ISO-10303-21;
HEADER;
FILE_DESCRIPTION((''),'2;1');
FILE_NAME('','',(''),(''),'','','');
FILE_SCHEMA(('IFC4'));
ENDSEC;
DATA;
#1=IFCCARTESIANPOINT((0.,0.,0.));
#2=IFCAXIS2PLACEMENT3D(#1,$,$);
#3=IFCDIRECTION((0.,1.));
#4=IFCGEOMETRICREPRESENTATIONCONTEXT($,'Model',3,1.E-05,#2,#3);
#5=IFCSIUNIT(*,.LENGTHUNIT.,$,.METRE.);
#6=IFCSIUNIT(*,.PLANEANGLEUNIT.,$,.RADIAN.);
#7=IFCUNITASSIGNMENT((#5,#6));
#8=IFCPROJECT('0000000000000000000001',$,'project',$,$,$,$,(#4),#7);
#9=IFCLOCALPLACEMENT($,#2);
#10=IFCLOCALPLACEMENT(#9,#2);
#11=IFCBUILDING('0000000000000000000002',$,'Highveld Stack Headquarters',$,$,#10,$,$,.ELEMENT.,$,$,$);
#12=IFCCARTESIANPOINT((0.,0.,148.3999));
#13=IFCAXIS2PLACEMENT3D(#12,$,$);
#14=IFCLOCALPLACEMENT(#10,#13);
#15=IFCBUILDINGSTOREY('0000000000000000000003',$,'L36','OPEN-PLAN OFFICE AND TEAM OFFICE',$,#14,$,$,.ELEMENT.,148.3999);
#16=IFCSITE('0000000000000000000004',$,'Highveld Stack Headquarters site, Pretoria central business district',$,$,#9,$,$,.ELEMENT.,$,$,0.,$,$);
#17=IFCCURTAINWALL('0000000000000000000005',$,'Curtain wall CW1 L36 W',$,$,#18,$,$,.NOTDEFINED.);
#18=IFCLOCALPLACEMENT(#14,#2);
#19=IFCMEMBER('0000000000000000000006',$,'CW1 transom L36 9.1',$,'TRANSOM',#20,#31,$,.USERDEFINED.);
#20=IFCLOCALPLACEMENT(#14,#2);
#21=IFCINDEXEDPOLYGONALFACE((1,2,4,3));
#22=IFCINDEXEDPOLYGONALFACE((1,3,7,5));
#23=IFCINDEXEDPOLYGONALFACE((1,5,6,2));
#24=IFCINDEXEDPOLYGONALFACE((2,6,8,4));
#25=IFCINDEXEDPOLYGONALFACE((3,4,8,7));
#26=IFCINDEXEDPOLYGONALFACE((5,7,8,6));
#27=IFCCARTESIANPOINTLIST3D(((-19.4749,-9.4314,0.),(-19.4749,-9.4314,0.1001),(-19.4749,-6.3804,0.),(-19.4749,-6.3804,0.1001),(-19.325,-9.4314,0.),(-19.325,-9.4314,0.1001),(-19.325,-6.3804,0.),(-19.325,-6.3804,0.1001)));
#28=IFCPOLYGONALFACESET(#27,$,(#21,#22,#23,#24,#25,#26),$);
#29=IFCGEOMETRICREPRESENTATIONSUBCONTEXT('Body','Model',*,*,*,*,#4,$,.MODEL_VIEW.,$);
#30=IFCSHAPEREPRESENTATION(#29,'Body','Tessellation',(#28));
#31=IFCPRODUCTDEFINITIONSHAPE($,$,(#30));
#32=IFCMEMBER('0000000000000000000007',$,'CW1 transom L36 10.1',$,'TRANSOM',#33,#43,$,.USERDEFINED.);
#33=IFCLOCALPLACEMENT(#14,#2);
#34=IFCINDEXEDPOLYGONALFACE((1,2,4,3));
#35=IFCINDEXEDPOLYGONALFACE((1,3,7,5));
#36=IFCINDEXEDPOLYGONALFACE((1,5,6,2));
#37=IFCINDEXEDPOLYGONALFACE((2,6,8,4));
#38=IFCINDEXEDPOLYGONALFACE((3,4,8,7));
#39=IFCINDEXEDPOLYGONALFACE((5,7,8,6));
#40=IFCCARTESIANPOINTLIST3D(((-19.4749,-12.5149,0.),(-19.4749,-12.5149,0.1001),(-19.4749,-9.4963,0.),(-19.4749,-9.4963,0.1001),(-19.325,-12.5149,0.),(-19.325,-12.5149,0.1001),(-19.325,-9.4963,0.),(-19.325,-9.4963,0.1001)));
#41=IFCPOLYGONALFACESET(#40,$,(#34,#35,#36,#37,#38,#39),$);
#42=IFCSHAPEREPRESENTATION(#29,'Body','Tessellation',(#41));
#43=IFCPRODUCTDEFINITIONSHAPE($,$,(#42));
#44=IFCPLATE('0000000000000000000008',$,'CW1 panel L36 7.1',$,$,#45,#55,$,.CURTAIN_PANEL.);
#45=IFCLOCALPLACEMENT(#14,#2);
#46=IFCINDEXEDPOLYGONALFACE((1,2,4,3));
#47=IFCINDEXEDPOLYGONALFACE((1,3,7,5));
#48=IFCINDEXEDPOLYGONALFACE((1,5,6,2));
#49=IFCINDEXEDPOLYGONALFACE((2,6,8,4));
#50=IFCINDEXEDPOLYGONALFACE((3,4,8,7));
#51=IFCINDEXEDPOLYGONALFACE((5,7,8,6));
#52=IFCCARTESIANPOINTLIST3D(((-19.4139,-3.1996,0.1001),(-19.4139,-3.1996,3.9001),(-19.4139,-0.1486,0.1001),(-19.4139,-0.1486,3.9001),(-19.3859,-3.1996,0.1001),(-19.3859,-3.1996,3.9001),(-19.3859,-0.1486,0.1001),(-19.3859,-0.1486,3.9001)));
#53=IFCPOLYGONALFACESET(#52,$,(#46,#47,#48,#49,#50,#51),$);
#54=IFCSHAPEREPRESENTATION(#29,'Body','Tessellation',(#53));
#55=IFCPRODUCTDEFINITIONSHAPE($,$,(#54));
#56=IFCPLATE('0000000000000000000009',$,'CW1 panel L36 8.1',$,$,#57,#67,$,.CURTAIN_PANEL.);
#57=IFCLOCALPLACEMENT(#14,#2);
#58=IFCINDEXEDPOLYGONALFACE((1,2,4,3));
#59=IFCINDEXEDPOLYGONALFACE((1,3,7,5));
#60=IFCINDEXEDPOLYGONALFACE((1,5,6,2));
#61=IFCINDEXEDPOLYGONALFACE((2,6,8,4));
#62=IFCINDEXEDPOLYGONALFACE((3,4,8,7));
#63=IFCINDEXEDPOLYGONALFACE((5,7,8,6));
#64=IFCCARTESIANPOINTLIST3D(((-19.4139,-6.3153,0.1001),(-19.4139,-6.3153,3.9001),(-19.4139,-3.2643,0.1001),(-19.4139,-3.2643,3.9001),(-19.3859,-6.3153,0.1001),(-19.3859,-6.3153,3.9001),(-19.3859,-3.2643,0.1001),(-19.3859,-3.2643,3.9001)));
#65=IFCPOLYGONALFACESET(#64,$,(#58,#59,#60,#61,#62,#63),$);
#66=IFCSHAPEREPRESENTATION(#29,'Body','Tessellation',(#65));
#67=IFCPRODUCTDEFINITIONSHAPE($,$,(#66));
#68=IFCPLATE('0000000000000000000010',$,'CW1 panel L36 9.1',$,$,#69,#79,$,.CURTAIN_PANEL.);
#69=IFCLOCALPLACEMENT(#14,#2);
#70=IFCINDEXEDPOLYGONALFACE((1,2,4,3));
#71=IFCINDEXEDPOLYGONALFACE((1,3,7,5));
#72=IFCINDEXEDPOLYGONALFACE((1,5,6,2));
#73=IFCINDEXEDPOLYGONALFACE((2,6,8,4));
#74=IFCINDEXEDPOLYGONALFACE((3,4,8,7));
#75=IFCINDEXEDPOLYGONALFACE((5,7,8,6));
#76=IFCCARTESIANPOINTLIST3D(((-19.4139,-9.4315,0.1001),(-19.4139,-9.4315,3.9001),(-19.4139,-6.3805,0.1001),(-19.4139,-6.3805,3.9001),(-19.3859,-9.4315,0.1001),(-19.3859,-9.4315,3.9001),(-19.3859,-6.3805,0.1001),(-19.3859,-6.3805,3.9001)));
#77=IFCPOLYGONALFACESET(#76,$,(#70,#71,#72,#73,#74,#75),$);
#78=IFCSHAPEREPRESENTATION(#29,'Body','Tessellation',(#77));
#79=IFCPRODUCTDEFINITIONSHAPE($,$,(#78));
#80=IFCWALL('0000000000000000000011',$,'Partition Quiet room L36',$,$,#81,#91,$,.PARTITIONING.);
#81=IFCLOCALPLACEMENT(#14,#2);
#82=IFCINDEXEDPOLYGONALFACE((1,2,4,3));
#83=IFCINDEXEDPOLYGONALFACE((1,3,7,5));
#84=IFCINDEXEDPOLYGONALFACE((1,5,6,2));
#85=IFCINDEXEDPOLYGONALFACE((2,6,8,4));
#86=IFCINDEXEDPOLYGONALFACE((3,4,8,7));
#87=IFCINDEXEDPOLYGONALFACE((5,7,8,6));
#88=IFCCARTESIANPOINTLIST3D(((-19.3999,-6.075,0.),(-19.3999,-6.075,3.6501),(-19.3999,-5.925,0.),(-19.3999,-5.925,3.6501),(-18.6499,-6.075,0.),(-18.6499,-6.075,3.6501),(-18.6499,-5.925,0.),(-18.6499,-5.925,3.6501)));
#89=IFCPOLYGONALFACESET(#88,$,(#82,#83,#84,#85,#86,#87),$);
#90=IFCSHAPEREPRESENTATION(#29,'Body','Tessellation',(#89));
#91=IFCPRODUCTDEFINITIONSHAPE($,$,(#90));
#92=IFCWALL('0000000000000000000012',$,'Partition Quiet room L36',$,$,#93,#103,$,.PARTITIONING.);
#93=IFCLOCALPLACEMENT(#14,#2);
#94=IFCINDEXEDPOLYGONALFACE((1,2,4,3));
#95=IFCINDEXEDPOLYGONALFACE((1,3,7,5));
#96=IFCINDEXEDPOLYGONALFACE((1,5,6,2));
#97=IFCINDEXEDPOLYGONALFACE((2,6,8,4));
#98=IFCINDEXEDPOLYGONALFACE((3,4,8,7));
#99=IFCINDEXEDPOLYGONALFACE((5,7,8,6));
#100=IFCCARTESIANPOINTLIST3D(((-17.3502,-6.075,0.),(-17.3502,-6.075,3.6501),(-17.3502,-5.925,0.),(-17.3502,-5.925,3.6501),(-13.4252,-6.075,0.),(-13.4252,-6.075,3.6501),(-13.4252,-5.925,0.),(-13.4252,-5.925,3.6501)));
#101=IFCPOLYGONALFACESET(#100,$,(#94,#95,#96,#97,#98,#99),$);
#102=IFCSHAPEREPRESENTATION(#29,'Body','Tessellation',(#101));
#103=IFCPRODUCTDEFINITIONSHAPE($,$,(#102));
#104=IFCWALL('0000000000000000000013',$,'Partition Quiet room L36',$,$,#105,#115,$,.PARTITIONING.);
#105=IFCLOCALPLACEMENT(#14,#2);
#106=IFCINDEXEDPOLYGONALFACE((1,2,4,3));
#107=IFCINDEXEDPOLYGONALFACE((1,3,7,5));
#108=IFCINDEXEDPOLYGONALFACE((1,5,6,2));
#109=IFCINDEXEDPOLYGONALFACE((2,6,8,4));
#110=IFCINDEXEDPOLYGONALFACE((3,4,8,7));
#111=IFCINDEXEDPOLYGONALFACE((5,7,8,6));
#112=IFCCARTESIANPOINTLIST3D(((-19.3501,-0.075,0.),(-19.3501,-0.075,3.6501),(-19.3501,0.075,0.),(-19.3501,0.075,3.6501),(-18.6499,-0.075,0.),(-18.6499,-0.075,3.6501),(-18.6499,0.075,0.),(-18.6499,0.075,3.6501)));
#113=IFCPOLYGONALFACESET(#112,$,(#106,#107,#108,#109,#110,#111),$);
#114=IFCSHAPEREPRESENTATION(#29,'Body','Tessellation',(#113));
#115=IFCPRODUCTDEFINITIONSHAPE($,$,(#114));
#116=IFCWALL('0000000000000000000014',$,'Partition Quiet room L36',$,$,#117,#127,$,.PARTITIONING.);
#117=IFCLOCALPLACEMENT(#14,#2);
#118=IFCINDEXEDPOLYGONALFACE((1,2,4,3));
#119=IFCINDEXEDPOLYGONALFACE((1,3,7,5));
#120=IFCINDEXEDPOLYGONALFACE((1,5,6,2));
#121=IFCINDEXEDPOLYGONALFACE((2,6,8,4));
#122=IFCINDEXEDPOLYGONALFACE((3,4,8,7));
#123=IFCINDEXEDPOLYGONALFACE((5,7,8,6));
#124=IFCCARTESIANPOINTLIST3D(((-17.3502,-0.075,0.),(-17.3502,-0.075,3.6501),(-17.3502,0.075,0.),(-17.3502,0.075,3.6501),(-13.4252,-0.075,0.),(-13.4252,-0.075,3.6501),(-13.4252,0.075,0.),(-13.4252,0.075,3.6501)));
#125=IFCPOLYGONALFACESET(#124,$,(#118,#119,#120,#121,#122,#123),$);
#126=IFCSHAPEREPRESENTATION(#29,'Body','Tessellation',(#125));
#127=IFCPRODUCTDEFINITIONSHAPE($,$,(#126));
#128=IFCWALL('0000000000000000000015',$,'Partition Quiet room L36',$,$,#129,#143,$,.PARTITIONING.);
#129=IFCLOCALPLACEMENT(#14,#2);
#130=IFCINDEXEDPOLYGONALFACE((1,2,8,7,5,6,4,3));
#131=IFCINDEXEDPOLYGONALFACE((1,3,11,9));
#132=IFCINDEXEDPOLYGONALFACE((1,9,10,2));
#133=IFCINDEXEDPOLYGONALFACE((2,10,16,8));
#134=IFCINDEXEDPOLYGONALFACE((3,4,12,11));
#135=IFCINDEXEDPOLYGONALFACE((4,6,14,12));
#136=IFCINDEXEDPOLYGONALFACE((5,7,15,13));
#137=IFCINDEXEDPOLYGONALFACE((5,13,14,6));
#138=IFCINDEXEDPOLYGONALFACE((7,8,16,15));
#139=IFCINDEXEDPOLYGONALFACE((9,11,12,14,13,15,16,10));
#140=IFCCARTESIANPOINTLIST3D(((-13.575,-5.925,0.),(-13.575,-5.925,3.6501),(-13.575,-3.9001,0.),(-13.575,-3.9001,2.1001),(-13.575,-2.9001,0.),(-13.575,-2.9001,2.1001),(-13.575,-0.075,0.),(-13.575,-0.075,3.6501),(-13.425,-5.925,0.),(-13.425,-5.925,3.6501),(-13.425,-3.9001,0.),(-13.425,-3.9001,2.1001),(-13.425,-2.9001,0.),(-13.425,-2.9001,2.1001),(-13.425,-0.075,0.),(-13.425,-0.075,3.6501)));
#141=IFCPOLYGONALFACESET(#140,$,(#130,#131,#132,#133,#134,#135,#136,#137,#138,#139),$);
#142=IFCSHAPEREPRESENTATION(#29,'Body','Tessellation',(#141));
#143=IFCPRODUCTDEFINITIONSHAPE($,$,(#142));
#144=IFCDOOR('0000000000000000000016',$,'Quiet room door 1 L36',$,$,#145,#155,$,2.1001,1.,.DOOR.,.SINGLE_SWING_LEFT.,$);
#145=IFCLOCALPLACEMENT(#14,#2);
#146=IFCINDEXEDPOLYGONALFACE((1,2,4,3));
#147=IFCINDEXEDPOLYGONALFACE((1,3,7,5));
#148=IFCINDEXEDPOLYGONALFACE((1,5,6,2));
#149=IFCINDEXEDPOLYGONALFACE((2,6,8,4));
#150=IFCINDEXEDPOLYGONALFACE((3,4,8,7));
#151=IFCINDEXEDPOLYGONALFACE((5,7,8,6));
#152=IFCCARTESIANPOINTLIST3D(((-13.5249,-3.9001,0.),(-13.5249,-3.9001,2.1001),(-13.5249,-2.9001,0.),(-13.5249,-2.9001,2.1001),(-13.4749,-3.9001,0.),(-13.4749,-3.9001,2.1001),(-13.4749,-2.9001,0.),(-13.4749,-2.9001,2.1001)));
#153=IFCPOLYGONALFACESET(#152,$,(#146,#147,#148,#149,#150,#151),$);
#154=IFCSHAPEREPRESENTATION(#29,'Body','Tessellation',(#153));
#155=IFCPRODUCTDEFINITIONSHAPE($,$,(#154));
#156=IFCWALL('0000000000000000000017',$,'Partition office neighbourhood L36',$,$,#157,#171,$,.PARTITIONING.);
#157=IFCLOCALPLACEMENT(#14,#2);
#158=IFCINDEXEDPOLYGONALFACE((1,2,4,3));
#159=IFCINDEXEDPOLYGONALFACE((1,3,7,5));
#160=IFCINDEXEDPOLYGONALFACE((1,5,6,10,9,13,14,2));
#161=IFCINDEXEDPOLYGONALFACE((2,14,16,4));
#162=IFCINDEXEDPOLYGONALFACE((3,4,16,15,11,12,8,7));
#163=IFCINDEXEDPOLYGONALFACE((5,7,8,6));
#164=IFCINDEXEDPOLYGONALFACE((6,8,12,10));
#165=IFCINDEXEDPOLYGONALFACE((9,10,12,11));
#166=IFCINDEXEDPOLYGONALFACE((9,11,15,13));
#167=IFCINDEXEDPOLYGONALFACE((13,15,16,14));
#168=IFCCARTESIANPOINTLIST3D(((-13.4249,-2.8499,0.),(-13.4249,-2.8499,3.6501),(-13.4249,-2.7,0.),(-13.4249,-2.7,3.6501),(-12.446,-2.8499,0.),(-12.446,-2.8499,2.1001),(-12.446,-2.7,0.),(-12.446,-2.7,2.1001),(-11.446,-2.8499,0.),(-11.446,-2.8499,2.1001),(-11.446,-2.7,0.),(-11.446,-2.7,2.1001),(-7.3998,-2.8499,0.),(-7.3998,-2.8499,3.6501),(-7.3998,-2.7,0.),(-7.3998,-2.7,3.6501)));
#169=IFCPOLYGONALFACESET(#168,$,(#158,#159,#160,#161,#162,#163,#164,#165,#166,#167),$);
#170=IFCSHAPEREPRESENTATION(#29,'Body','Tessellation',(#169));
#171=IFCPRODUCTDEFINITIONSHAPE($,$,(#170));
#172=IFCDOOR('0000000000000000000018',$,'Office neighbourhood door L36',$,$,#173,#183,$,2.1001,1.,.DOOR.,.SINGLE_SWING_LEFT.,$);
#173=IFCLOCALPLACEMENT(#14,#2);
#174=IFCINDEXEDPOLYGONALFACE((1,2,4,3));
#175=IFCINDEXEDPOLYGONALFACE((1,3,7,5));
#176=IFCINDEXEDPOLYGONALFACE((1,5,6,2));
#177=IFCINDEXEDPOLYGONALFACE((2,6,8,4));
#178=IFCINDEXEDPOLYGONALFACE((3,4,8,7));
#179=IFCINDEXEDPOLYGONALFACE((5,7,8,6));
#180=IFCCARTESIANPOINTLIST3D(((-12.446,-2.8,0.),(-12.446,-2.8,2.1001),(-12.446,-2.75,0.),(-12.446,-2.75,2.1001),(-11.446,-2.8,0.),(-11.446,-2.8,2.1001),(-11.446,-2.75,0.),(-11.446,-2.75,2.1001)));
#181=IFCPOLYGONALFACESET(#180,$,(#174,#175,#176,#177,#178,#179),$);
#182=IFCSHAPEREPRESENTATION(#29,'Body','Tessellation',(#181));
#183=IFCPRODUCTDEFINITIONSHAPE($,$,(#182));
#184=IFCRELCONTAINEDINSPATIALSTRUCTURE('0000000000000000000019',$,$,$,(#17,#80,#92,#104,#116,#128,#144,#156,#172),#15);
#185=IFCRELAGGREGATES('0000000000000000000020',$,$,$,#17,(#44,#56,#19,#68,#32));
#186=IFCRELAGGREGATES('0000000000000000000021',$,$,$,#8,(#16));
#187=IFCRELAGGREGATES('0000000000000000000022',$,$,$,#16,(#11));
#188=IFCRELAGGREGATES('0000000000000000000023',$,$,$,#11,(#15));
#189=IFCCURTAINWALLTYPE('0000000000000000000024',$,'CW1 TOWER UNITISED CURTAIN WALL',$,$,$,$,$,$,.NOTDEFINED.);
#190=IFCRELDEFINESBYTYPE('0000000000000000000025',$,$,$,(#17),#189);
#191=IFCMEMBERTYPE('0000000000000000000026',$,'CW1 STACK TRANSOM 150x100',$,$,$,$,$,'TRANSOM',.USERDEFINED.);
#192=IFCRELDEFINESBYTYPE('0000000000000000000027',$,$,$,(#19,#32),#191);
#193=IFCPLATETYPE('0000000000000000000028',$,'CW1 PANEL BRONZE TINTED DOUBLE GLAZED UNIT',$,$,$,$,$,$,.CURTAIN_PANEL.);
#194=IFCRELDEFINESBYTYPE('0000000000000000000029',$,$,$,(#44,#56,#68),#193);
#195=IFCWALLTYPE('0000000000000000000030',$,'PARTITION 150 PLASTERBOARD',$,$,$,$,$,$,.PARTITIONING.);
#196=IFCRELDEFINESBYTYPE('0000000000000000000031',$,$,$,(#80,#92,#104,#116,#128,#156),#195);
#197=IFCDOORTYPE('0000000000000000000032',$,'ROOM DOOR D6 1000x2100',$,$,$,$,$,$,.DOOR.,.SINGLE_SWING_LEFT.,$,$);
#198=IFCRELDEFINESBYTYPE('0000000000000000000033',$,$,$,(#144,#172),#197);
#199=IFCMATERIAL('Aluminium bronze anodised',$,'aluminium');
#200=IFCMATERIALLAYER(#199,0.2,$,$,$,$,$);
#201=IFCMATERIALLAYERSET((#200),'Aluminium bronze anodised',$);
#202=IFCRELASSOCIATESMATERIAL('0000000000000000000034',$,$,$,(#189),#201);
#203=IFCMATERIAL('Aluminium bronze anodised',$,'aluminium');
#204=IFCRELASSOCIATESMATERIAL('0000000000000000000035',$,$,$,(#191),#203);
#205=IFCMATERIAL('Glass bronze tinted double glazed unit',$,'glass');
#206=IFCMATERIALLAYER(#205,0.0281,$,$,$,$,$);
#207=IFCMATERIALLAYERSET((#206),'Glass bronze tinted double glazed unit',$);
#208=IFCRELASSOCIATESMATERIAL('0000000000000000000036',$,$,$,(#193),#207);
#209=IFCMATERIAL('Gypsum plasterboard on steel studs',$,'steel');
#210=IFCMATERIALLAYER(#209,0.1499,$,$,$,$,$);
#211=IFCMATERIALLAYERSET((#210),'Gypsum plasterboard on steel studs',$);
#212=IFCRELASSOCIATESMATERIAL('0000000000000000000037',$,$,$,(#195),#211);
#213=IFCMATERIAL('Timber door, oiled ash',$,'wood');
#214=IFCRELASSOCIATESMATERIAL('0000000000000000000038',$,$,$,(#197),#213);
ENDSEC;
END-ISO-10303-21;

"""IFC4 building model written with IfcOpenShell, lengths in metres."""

from ifc_helpers import new_model, si_unit, direction, frame, frame_2d, origin, origin_2d, place, context, subcontext, project, spatial, rectangle, extrude, material, layer, layer_set, material_profile, profile_set, type_object, element, fill, aggregate, save


model = new_model("IFC4")

# Units and contexts
model_context = context("Model", 3, precision=1e-05, world=origin(), true_north=direction((0.0, 1.0)))
body_context = subcontext(model_context, "Body", "Model", "MODEL_VIEW")
ifc_project = project(units=[si_unit("LENGTHUNIT", "METRE"), si_unit("PLANEANGLEUNIT", "RADIAN")], contexts=[model_context])

# Site, building, storey
site_placement = place(None, origin())
site = spatial("IfcSite", under=ifc_project, at=site_placement, Name="Highveld Stack Headquarters site, Pretoria central business district", CompositionType="ELEMENT", RefElevation=0.0)
building_placement = place(site_placement, origin())
building = spatial("IfcBuilding", under=site, at=building_placement, Name="Highveld Stack Headquarters", CompositionType="ELEMENT")
storey_placement = place(building_placement, frame((0.0, 0.0, 148.3999)))
storey = spatial("IfcBuildingStorey", under=building, at=storey_placement, Name="L36", Description="OPEN-PLAN OFFICE AND TEAM OFFICE", CompositionType="ELEMENT", Elevation=148.3999)

# Curtain wall, members, plates
ifc_material_1 = material(Name="Aluminium bronze anodised", Category="aluminium")
ifc_layer_1 = layer(ifc_material_1, 0.2)
ifc_layer_set_1 = layer_set([ifc_layer_1], Name="Aluminium bronze anodised")
curtain_wall_type = type_object("IfcCurtainWallType", Name="CW1 TOWER UNITISED CURTAIN WALL", PredefinedType="NOTDEFINED", material=ifc_layer_set_1)
curtain_wall_placement = place(storey_placement, origin())
curtain_wall = element("IfcCurtainWall", 1, at=curtain_wall_placement, inside=storey, type_object=curtain_wall_type, Name="Curtain wall CW1 L36 W", PredefinedType="NOTDEFINED")
ifc_material_2 = material(Name="Aluminium bronze anodised", Category="aluminium")
ifc_material_profile_1 = material_profile(ifc_material_2, rectangle(XDim=0.1499, YDim=0.1001, at=origin_2d()), Name="CW1 TRANSOM 150x100")
ifc_profile_set_1 = profile_set([ifc_material_profile_1], Name="Aluminium bronze anodised")
member_type_1 = type_object("IfcMemberType", Name="CW1 STACK TRANSOM 150x100", ElementType="TRANSOM", PredefinedType="USERDEFINED", material=ifc_profile_set_1)
member_1_placement = place(storey_placement, frame((-19.3999, -6.3804, 0.05), z_axis=(0.0, -1.0, 0.0), x_axis=(1.0, 0.0, 0.0)))
member_1 = element("IfcMember", 2, at=member_1_placement, type_object=member_type_1, Name="CW1 transom L36 9.1", ObjectType="TRANSOM", PredefinedType="USERDEFINED", context=body_context, shape_type="SweptSolid", body=[
    extrude(rectangle(XDim=0.1499, YDim=0.1001, at=origin_2d()), origin(), (0.0, 0.0, 1.0), 3.051),
])
member_2_placement = place(storey_placement, frame((-19.3999, -9.4963, 0.05), z_axis=(0.0, -1.0, 0.0), x_axis=(1.0, 0.0, 0.0)))
member_2 = element("IfcMember", 3, at=member_2_placement, type_object=member_type_1, Name="CW1 transom L36 10.1", ObjectType="TRANSOM", PredefinedType="USERDEFINED", context=body_context, shape_type="SweptSolid", body=[
    extrude(rectangle(XDim=0.1499, YDim=0.1001, at=origin_2d()), origin(), (0.0, 0.0, 1.0), 3.0186),
])
ifc_material_3 = material(Name="Glass bronze tinted double glazed unit", Category="glass")
ifc_layer_2 = layer(ifc_material_3, 0.0281)
ifc_layer_set_2 = layer_set([ifc_layer_2], Name="Glass bronze tinted double glazed unit")
plate_type = type_object("IfcPlateType", Name="CW1 PANEL BRONZE TINTED DOUBLE GLAZED UNIT", PredefinedType="CURTAIN_PANEL", material=ifc_layer_set_2)
plate_1_placement = place(storey_placement, frame((-19.3999, -1.6741, 0.1001), z_axis=(0.0, 0.0, 1.0), x_axis=(0.0, -1.0, 0.0)))
plate_1 = element("IfcPlate", 4, at=plate_1_placement, type_object=plate_type, Name="CW1 panel L36 7.1", PredefinedType="CURTAIN_PANEL", context=body_context, shape_type="SweptSolid", body=[
    extrude(rectangle(XDim=3.051, YDim=0.0281, at=origin_2d()), origin(), (0.0, 0.0, 1.0), 3.8),
])
plate_2_placement = place(storey_placement, frame((-19.3999, -4.7898, 0.1001), z_axis=(0.0, 0.0, 1.0), x_axis=(0.0, -1.0, 0.0)))
plate_2 = element("IfcPlate", 5, at=plate_2_placement, type_object=plate_type, Name="CW1 panel L36 8.1", PredefinedType="CURTAIN_PANEL", context=body_context, shape_type="SweptSolid", body=[
    extrude(rectangle(XDim=3.051, YDim=0.0281, at=origin_2d()), origin(), (0.0, 0.0, 1.0), 3.8),
])
plate_3_placement = place(storey_placement, frame((-19.3999, -7.906, 0.1001), z_axis=(0.0, 0.0, 1.0), x_axis=(0.0, -1.0, 0.0)))
plate_3 = element("IfcPlate", 6, at=plate_3_placement, type_object=plate_type, Name="CW1 panel L36 9.1", PredefinedType="CURTAIN_PANEL", context=body_context, shape_type="SweptSolid", body=[
    extrude(rectangle(XDim=3.051, YDim=0.0281, at=origin_2d()), origin(), (0.0, 0.0, 1.0), 3.8),
])
aggregate(curtain_wall, [plate_1, plate_2, member_1, plate_3, member_2])

# Walls
ifc_material_4 = material(Name="Gypsum plasterboard on steel studs", Category="steel")
ifc_layer_3 = layer(ifc_material_4, 0.1499)
ifc_layer_set_3 = layer_set([ifc_layer_3], Name="Gypsum plasterboard on steel studs")
wall_type = type_object("IfcWallType", Name="PARTITION 150 PLASTERBOARD", PredefinedType="PARTITIONING", material=ifc_layer_set_3)
wall_1_placement = place(storey_placement, frame((-19.3999, -6.0, 0.0), z_axis=(0.0, 0.0, 1.0), x_axis=(1.0, 0.0, 0.0)))
element("IfcWall", 7, at=wall_1_placement, inside=storey, type_object=wall_type, Name="Partition Quiet room L36", PredefinedType="PARTITIONING", context=body_context, shape_type="SweptSolid", body=[
    extrude(rectangle(XDim=0.75, YDim=0.1499, at=frame_2d((0.375, 0.0))), origin(), (0.0, 0.0, 1.0), 3.6501),
])
wall_2_placement = place(storey_placement, frame((-17.3501, -6.0, 0.0), z_axis=(0.0, 0.0, 1.0), x_axis=(1.0, 0.0, 0.0)))
element("IfcWall", 8, at=wall_2_placement, inside=storey, type_object=wall_type, Name="Partition Quiet room L36", PredefinedType="PARTITIONING", context=body_context, shape_type="SweptSolid", body=[
    extrude(rectangle(XDim=3.925, YDim=0.1499, at=frame_2d((1.9624, 0.0))), origin(), (0.0, 0.0, 1.0), 3.6501),
])
wall_3_placement = place(storey_placement, frame((-19.3501, 0.0, 0.0), z_axis=(0.0, 0.0, 1.0), x_axis=(1.0, 0.0, 0.0)))
element("IfcWall", 9, at=wall_3_placement, inside=storey, type_object=wall_type, Name="Partition Quiet room L36", PredefinedType="PARTITIONING", context=body_context, shape_type="SweptSolid", body=[
    extrude(rectangle(XDim=0.7002, YDim=0.1499, at=frame_2d((0.3501, 0.0))), origin(), (0.0, 0.0, 1.0), 3.6501),
])
wall_4_placement = place(storey_placement, frame((-17.3501, 0.0, 0.0), z_axis=(0.0, 0.0, 1.0), x_axis=(1.0, 0.0, 0.0)))
element("IfcWall", 10, at=wall_4_placement, inside=storey, type_object=wall_type, Name="Partition Quiet room L36", PredefinedType="PARTITIONING", context=body_context, shape_type="SweptSolid", body=[
    extrude(rectangle(XDim=3.925, YDim=0.1499, at=frame_2d((1.9624, 0.0))), origin(), (0.0, 0.0, 1.0), 3.6501),
])

# Walls, openings, doors
wall_5_placement = place(storey_placement, frame((-13.5, -5.925, 0.0), z_axis=(0.0, 0.0, 1.0), x_axis=(0.0, 1.0, 0.0)))
wall_5 = element("IfcWall", 11, at=wall_5_placement, inside=storey, type_object=wall_type, Name="Partition Quiet room L36", PredefinedType="PARTITIONING", context=body_context, shape_type="SweptSolid", body=[
    extrude(rectangle(XDim=5.8501, YDim=0.1499, at=frame_2d((2.925, 0.0))), origin(), (0.0, 0.0, 1.0), 3.6501),
])
opening_1_placement = place(wall_5_placement, frame((2.0249, 0.0, 0.0)))
opening_1 = element("IfcOpeningElement", 12, at=opening_1_placement, cuts=wall_5, PredefinedType="OPENING", context=body_context, shape_type="SweptSolid", body=[
    extrude(rectangle(XDim=1.0, YDim=2.1001, at=frame_2d((0.5, 1.05))), frame((0.0, 0.085, 0.0), z_axis=(0.0, -1.0, 0.0), x_axis=(1.0, 0.0, 0.0)), (0.0, 0.0, 1.0), 0.1699),
])
ifc_material_5 = material(Name="Timber door, oiled ash", Category="wood")
door_type = type_object("IfcDoorType", Name="ROOM DOOR D6 1000x2100", OperationType="SINGLE_SWING_LEFT", PredefinedType="DOOR", material=ifc_material_5)
door_1_placement = place(opening_1_placement, origin())
door_1 = element("IfcDoor", 13, at=door_1_placement, inside=storey, type_object=door_type, Name="Quiet room door 1 L36", OperationType="SINGLE_SWING_LEFT", OverallHeight=2.1001, OverallWidth=1.0, PredefinedType="DOOR", context=body_context, shape_type="SweptSolid", body=[
    extrude(rectangle(XDim=1.0, YDim=2.1001, at=frame_2d((0.5, 1.05))), frame((0.0, 0.0249, 0.0), z_axis=(0.0, -1.0, 0.0), x_axis=(1.0, 0.0, 0.0)), (0.0, 0.0, 1.0), 0.05),
])
fill(opening_1, door_1)
wall_6_placement = place(storey_placement, frame((-13.425, -2.7749, 0.0), z_axis=(0.0, 0.0, 1.0), x_axis=(1.0, 0.0, 0.0)))
wall_6 = element("IfcWall", 14, at=wall_6_placement, inside=storey, type_object=wall_type, Name="Partition office neighbourhood L36", PredefinedType="PARTITIONING", context=body_context, shape_type="SweptSolid", body=[
    extrude(rectangle(XDim=6.0251, YDim=0.1499, at=frame_2d((3.0127, 0.0))), origin(), (0.0, 0.0, 1.0), 3.6501),
])
opening_2_placement = place(wall_6_placement, frame((0.979, 0.0, 0.0)))
opening_2 = element("IfcOpeningElement", 15, at=opening_2_placement, cuts=wall_6, PredefinedType="OPENING", context=body_context, shape_type="SweptSolid", body=[
    extrude(rectangle(XDim=1.0, YDim=2.1001, at=frame_2d((0.5, 1.05))), frame((0.0, 0.085, 0.0), z_axis=(0.0, -1.0, 0.0), x_axis=(1.0, 0.0, 0.0)), (0.0, 0.0, 1.0), 0.1699),
])
door_2_placement = place(opening_2_placement, origin())
door_2 = element("IfcDoor", 16, at=door_2_placement, inside=storey, type_object=door_type, Name="Office neighbourhood door L36", OperationType="SINGLE_SWING_LEFT", OverallHeight=2.1001, OverallWidth=1.0, PredefinedType="DOOR", context=body_context, shape_type="SweptSolid", body=[
    extrude(rectangle(XDim=1.0, YDim=2.1001, at=frame_2d((0.5, 1.05))), frame((0.0, 0.0249, 0.0), z_axis=(0.0, -1.0, 0.0), x_axis=(1.0, 0.0, 0.0)), (0.0, 0.0, 1.0), 0.05),
])
fill(opening_2, door_2)

save(model, "model.ifc")
